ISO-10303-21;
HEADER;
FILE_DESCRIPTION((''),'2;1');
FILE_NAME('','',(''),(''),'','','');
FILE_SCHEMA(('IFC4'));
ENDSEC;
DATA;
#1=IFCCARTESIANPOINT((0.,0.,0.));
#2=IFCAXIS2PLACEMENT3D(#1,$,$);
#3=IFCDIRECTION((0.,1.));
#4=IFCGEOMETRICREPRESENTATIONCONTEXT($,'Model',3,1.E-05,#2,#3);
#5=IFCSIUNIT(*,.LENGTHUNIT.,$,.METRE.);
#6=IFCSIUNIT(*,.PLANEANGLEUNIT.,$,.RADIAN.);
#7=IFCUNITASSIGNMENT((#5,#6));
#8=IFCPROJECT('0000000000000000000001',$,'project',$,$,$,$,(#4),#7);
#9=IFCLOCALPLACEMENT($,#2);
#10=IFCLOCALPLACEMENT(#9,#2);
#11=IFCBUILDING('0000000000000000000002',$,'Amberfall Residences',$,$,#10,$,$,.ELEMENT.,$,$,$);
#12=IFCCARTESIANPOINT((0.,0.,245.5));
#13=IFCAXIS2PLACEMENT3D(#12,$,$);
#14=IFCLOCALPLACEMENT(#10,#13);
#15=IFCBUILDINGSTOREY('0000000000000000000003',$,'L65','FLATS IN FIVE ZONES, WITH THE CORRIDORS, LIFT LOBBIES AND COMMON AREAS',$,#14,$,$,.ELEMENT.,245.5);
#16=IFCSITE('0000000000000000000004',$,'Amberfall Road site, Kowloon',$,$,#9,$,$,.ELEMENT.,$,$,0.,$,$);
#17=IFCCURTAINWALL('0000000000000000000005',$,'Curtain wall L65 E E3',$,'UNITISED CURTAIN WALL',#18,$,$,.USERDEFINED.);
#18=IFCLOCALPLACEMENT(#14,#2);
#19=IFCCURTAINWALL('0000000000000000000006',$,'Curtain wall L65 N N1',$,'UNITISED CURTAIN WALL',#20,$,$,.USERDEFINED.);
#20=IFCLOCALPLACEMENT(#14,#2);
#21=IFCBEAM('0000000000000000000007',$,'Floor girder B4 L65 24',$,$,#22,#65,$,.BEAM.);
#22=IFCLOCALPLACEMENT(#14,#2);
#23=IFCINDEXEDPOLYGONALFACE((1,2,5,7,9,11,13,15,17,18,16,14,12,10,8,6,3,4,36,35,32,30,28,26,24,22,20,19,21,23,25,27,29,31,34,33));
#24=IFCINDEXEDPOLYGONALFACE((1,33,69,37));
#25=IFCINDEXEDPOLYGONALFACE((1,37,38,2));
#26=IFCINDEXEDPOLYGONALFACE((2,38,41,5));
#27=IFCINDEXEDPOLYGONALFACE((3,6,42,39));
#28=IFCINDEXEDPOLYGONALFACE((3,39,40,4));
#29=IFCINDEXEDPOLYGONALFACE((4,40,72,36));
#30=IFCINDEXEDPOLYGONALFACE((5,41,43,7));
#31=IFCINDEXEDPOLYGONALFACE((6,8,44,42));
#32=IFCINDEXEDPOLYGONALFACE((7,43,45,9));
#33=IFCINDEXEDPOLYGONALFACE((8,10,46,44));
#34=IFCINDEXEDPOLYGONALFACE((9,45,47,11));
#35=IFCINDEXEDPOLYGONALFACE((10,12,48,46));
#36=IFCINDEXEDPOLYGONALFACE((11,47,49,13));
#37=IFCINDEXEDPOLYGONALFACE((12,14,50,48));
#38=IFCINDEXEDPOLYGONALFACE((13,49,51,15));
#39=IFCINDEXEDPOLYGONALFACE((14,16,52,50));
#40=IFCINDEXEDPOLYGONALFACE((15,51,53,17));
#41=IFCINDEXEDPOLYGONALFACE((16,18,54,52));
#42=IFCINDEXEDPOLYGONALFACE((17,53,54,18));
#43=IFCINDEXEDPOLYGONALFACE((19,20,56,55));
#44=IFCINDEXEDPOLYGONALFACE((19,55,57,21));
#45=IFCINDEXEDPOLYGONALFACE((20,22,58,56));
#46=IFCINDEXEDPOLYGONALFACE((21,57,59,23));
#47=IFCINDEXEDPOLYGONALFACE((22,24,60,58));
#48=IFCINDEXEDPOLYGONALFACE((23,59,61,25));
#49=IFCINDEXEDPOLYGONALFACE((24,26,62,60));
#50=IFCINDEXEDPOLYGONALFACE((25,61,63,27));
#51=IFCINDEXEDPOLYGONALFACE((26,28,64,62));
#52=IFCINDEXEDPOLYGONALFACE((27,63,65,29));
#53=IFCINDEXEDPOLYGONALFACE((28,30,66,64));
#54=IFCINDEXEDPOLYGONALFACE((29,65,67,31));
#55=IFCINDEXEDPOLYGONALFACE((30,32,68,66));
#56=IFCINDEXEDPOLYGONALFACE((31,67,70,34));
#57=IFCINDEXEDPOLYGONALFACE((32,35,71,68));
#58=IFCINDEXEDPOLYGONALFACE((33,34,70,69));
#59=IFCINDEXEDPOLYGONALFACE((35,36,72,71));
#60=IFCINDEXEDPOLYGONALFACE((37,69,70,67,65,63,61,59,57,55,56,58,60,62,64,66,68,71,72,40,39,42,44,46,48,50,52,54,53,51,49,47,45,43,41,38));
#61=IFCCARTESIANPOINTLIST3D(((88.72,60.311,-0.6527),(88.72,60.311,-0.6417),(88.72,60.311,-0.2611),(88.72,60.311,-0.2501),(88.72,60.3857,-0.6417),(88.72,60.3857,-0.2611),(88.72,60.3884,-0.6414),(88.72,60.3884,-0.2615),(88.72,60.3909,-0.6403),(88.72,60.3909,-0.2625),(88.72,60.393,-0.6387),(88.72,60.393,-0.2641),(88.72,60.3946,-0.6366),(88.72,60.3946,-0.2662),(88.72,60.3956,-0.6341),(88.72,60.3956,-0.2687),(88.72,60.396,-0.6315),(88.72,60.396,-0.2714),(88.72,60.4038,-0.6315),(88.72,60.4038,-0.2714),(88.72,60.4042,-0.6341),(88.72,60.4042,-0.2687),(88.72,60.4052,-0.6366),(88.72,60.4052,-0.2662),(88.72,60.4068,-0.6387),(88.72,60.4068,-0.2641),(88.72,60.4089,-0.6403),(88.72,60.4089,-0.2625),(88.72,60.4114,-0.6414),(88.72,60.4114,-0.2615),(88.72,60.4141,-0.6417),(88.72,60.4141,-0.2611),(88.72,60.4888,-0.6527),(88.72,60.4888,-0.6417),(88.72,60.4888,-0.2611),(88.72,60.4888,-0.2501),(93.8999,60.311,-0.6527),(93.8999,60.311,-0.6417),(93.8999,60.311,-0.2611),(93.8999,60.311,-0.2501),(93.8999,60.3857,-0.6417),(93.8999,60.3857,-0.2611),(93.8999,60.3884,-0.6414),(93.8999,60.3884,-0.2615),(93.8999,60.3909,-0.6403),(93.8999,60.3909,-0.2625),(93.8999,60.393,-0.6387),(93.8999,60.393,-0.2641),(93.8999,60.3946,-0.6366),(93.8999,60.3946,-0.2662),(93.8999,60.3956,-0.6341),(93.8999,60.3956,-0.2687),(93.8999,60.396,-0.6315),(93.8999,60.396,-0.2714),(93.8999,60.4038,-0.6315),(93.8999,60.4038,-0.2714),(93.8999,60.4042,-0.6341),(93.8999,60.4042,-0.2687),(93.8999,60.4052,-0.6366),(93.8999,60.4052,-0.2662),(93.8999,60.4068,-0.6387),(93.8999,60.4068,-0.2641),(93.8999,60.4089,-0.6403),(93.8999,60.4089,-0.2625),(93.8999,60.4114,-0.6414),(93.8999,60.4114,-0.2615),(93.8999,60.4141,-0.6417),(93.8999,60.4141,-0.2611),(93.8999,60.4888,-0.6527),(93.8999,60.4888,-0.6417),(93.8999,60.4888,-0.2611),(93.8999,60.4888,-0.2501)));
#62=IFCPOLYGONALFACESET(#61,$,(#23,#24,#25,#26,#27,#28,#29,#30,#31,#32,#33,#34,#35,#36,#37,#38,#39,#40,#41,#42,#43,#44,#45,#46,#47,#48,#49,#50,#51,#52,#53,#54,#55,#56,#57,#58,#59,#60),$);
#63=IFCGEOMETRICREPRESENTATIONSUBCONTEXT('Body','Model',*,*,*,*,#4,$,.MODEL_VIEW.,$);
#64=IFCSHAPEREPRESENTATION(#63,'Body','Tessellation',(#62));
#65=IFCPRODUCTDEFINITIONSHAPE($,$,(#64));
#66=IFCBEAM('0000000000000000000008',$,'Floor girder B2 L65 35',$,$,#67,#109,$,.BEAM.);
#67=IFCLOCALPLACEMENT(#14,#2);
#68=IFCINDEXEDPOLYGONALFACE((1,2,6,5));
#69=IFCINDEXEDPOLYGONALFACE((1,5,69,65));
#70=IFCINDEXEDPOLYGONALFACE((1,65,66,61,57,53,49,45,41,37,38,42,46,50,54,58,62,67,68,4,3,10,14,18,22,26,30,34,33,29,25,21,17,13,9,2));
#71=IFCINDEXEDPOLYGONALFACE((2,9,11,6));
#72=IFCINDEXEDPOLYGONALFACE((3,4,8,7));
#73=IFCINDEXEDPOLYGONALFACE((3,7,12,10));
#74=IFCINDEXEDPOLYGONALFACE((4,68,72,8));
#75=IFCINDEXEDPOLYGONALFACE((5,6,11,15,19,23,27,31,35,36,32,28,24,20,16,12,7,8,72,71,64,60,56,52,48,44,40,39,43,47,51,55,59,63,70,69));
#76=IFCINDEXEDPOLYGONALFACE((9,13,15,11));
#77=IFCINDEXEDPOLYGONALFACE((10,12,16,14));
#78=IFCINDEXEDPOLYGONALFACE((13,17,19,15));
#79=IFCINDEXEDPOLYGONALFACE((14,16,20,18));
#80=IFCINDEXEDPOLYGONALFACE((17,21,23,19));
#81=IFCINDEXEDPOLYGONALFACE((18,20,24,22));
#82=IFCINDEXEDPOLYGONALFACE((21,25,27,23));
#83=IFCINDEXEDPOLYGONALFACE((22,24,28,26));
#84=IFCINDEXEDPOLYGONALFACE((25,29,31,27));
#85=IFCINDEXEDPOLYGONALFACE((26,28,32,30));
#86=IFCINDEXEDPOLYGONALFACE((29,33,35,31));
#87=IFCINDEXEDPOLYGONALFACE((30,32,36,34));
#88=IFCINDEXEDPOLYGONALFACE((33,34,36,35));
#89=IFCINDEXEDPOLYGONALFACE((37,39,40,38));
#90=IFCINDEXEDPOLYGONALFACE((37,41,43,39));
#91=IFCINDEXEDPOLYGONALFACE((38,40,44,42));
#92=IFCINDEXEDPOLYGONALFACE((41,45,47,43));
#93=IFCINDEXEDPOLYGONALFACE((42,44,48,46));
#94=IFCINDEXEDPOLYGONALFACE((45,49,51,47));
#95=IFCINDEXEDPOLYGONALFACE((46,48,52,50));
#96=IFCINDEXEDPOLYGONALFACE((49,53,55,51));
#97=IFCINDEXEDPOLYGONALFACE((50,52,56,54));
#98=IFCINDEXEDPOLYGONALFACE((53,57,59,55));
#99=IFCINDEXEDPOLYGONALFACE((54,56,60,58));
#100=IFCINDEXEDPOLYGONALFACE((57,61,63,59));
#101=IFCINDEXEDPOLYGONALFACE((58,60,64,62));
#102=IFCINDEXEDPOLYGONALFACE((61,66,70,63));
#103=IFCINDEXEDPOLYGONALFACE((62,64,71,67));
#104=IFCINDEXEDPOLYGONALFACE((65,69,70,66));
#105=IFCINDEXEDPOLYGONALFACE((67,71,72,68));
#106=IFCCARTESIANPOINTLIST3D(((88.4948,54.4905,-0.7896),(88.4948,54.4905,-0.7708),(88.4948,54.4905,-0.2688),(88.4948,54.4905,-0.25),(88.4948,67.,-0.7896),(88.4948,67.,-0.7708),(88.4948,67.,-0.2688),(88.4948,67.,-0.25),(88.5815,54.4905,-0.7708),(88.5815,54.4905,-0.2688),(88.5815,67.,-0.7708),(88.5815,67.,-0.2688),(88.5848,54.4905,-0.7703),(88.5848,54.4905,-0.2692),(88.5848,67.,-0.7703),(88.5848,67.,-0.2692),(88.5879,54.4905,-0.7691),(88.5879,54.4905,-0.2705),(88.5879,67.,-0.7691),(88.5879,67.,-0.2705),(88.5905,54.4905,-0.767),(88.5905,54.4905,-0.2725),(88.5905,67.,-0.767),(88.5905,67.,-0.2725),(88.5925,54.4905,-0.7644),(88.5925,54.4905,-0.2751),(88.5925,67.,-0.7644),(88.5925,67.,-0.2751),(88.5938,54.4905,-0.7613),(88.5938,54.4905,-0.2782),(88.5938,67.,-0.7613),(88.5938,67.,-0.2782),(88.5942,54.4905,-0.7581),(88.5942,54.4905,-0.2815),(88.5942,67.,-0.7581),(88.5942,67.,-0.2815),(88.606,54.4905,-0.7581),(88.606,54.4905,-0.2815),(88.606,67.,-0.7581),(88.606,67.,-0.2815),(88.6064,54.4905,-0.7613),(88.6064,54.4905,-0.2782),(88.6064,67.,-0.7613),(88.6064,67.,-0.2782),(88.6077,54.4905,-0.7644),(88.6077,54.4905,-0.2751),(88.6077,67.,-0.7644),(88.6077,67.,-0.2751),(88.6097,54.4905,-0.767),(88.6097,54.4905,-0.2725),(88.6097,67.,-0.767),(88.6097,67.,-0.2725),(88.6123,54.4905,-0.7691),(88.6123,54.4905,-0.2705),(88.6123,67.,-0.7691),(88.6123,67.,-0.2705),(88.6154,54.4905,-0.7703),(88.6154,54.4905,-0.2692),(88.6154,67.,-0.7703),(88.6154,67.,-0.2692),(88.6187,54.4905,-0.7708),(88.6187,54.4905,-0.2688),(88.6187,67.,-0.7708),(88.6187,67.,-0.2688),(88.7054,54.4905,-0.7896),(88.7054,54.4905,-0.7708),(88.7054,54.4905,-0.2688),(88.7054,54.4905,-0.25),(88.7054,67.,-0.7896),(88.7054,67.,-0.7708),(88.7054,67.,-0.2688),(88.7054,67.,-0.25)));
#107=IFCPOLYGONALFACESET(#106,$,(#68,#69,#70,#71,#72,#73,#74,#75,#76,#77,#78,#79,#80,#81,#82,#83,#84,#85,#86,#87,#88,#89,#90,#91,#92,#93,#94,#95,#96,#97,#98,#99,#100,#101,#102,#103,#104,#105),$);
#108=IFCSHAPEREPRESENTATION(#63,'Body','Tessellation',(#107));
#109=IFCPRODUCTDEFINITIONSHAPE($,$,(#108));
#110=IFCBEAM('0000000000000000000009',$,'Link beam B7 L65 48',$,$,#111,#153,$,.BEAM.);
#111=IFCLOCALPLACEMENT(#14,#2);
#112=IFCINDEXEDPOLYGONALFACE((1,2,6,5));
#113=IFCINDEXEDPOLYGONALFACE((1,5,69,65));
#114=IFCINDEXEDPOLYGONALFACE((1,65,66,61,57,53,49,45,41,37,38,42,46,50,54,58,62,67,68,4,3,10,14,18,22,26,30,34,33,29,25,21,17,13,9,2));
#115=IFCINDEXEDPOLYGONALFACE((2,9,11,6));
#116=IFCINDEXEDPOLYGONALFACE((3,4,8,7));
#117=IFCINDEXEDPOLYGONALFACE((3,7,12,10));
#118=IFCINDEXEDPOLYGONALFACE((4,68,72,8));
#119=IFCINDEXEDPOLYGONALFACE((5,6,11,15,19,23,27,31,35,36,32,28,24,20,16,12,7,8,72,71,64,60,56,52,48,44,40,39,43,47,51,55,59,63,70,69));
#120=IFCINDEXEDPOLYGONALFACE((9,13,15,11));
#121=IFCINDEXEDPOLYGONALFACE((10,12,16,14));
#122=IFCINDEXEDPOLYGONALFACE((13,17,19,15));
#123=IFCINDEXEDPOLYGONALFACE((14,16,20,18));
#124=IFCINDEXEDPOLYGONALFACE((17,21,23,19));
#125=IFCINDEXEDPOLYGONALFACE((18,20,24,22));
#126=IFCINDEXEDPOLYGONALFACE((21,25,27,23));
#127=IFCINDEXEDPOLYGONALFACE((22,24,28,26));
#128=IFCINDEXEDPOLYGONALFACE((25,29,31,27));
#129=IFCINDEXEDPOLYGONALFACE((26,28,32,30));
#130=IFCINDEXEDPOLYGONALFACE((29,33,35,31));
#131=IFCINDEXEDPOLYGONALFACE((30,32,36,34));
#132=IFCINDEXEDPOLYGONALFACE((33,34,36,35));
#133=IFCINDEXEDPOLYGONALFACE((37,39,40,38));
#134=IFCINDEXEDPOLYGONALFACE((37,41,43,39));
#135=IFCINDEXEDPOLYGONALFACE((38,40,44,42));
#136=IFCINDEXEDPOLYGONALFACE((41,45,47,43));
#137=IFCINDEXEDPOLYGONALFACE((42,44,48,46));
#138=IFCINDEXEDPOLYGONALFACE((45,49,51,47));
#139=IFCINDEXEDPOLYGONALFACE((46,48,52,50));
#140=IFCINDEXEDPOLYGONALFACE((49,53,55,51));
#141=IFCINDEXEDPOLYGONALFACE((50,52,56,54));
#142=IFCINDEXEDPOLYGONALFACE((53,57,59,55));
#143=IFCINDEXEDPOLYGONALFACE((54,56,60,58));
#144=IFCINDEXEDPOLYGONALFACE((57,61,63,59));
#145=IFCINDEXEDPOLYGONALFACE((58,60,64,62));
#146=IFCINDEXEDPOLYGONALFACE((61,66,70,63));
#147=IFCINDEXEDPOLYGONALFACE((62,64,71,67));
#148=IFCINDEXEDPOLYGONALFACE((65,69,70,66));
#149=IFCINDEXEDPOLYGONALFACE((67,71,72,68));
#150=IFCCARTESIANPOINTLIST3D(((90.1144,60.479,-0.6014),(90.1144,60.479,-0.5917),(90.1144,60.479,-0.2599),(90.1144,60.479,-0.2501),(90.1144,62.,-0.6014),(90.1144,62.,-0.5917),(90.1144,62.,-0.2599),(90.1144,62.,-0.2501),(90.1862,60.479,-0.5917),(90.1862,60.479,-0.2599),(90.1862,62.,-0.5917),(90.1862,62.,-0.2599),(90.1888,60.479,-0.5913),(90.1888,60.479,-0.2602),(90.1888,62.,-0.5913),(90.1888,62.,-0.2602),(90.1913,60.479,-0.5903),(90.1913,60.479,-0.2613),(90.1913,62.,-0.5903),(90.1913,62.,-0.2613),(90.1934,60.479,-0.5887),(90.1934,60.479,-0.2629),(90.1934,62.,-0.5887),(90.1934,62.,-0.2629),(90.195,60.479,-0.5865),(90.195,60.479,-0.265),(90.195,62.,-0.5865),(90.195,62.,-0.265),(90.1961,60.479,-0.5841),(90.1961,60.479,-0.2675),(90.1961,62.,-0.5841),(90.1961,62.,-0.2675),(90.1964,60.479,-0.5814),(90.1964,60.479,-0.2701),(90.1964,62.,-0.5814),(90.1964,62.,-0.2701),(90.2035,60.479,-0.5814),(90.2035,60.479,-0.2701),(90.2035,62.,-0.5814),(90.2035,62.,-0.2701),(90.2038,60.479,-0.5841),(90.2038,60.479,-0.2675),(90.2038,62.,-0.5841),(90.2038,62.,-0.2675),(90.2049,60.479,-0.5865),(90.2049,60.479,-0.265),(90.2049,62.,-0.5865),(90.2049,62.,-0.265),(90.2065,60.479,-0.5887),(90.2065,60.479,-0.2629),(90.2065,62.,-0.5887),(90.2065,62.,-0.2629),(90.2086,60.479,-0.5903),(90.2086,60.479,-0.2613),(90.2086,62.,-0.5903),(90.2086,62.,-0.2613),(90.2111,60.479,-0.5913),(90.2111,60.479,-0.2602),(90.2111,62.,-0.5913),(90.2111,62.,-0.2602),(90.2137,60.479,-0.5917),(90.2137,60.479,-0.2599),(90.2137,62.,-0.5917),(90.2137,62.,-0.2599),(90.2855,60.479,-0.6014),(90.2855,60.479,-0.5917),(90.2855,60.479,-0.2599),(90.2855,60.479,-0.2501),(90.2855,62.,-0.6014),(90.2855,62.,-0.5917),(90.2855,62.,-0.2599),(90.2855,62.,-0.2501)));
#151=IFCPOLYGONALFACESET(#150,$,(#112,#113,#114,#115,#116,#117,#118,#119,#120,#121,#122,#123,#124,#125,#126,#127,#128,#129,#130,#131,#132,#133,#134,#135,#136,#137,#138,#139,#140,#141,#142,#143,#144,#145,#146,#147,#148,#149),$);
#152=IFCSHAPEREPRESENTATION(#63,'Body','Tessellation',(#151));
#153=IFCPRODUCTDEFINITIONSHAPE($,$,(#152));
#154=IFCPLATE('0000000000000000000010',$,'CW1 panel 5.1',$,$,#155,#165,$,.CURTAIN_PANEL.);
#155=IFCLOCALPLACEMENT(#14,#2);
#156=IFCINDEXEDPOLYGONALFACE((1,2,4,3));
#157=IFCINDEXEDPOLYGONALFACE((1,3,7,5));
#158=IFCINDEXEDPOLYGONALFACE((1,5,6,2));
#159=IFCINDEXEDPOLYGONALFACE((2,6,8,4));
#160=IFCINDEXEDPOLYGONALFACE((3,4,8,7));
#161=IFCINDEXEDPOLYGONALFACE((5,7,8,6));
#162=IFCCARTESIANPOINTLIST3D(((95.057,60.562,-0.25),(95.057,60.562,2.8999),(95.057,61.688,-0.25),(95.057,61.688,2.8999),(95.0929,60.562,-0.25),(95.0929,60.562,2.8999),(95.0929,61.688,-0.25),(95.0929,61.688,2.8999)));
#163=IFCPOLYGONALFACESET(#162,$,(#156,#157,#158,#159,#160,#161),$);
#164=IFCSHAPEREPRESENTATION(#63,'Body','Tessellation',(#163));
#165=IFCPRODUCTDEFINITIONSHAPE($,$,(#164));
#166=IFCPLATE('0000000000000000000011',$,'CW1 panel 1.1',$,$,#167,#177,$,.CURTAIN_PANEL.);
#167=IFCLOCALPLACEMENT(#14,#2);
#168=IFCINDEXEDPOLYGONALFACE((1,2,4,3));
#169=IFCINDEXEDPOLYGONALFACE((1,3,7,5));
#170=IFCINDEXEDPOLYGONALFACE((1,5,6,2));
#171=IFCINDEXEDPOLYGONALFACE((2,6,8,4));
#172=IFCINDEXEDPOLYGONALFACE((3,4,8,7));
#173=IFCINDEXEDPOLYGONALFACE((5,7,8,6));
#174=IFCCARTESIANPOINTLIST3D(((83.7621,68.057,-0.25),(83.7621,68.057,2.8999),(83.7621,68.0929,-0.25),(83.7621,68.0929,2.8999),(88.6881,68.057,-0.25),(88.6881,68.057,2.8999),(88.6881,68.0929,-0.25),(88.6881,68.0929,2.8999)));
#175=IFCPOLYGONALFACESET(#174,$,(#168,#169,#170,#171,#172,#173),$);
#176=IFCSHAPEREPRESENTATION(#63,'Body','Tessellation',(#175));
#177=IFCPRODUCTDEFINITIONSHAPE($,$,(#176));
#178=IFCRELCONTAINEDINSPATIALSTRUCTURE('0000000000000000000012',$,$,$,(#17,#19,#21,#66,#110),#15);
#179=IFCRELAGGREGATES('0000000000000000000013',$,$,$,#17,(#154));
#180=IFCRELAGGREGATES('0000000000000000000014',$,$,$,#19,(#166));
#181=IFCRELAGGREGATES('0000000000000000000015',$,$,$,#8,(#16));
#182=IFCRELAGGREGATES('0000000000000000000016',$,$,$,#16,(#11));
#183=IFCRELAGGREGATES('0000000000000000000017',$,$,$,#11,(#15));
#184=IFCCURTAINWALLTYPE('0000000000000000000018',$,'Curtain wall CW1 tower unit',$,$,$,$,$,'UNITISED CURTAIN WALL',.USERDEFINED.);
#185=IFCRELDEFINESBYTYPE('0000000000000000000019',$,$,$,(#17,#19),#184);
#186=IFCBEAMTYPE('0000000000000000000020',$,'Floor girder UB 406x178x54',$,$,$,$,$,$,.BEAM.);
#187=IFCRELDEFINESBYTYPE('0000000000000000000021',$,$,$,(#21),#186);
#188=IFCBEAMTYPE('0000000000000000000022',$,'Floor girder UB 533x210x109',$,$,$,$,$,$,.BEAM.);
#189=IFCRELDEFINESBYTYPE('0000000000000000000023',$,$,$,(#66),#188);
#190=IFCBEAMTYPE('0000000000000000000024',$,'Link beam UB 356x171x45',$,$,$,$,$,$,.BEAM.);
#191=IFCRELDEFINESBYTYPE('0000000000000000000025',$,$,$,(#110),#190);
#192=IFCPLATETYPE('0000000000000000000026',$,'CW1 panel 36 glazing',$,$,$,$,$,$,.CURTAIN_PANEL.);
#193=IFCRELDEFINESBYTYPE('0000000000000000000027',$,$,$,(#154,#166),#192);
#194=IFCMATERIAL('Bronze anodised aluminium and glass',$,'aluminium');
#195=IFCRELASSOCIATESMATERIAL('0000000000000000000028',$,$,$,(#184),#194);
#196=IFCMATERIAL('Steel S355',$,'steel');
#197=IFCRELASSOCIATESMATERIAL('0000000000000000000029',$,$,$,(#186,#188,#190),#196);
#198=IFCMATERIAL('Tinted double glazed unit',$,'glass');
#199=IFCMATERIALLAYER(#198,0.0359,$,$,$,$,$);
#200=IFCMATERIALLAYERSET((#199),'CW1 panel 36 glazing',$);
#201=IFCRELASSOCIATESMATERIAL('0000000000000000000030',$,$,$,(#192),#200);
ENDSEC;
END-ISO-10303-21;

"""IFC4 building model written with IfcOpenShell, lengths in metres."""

from ifc_helpers import new_model, si_unit, direction, frame, origin, origin_2d, place, context, subcontext, project, spatial, rectangle, i_section, extrude, material, layer, layer_set, material_profile, profile_set, type_object, element, aggregate, save


model = new_model("IFC4")

# Units and contexts
model_context = context("Model", 3, precision=1e-05, world=origin(), true_north=direction((0.0, 1.0)))
body_context = subcontext(model_context, "Body", "Model", "MODEL_VIEW")
ifc_project = project(units=[si_unit("LENGTHUNIT", "METRE"), si_unit("PLANEANGLEUNIT", "RADIAN")], contexts=[model_context])

# Site, building, storey
site_placement = place(None, origin())
site = spatial("IfcSite", under=ifc_project, at=site_placement, Name="Amberfall Road site, Kowloon", CompositionType="ELEMENT", RefElevation=0.0)
building_placement = place(site_placement, origin())
building = spatial("IfcBuilding", under=site, at=building_placement, Name="Amberfall Residences", CompositionType="ELEMENT")
storey_placement = place(building_placement, frame((0.0, 0.0, 245.5)))
storey = spatial("IfcBuildingStorey", under=building, at=storey_placement, Name="L65", Description="FLATS IN FIVE ZONES, WITH THE CORRIDORS, LIFT LOBBIES AND COMMON AREAS", CompositionType="ELEMENT", Elevation=245.5)

# Curtain walls
ifc_material_1 = material(Name="Bronze anodised aluminium and glass", Category="aluminium")
curtain_wall_type = type_object("IfcCurtainWallType", Name="Curtain wall CW1 tower unit", ElementType="UNITISED CURTAIN WALL", PredefinedType="USERDEFINED", material=ifc_material_1)
curtain_wall_1_placement = place(storey_placement, origin())
curtain_wall_1 = element("IfcCurtainWall", 1, at=curtain_wall_1_placement, inside=storey, type_object=curtain_wall_type, Name="Curtain wall L65 E E3", ObjectType="UNITISED CURTAIN WALL", PredefinedType="USERDEFINED")
curtain_wall_2_placement = place(storey_placement, origin())
curtain_wall_2 = element("IfcCurtainWall", 2, at=curtain_wall_2_placement, inside=storey, type_object=curtain_wall_type, Name="Curtain wall L65 N N1", ObjectType="UNITISED CURTAIN WALL", PredefinedType="USERDEFINED")

# Shared definitions
ifc_material_2 = material(Name="Steel S355", Category="steel")

# Beams
ifc_material_profile_1 = material_profile(ifc_material_2, i_section(OverallWidth=0.1777, OverallDepth=0.4026, WebThickness=0.0078, FlangeThickness=0.011, FilletRadius=0.0103, at=origin_2d()), Name="UB 406x178x54")
ifc_profile_set_1 = profile_set([ifc_material_profile_1], Name="Steel S355")
beam_type_1 = type_object("IfcBeamType", Name="Floor girder UB 406x178x54", PredefinedType="BEAM", material=ifc_profile_set_1)
beam_1_placement = place(storey_placement, frame((93.8999, 60.3999, -0.4514), z_axis=(-1.0, 0.0, 0.0), x_axis=(0.0, -1.0, 0.0)))
element("IfcBeam", 3, at=beam_1_placement, inside=storey, type_object=beam_type_1, Name="Floor girder B4 L65 24", PredefinedType="BEAM", context=body_context, shape_type="SweptSolid", body=[
    extrude(i_section(OverallWidth=0.1777, OverallDepth=0.4026, WebThickness=0.0078, FlangeThickness=0.011, FilletRadius=0.0103, at=origin_2d()), origin(), (0.0, 0.0, 1.0), 5.1799),
])
ifc_material_profile_2 = material_profile(ifc_material_2, i_section(OverallWidth=0.2107, OverallDepth=0.5396, WebThickness=0.0117, FlangeThickness=0.0188, FilletRadius=0.0127, at=origin_2d()), Name="UB 533x210x109")
ifc_profile_set_2 = profile_set([ifc_material_profile_2], Name="Steel S355")
beam_type_2 = type_object("IfcBeamType", Name="Floor girder UB 533x210x109", PredefinedType="BEAM", material=ifc_profile_set_2)
beam_2_placement = place(storey_placement, frame((88.6001, 67.0, -0.5198), z_axis=(0.0, -1.0, 0.0), x_axis=(1.0, 0.0, 0.0)))
element("IfcBeam", 4, at=beam_2_placement, inside=storey, type_object=beam_type_2, Name="Floor girder B2 L65 35", PredefinedType="BEAM", context=body_context, shape_type="SweptSolid", body=[
    extrude(i_section(OverallWidth=0.2107, OverallDepth=0.5396, WebThickness=0.0117, FlangeThickness=0.0188, FilletRadius=0.0127, at=origin_2d()), origin(), (0.0, 0.0, 1.0), 12.5095),
])
ifc_material_profile_3 = material_profile(ifc_material_2, i_section(OverallWidth=0.1711, OverallDepth=0.3513, WebThickness=0.0071, FlangeThickness=0.0098, FilletRadius=0.0103, at=origin_2d()), Name="UB 356x171x45")
ifc_profile_set_3 = profile_set([ifc_material_profile_3], Name="Steel S355")
beam_type_3 = type_object("IfcBeamType", Name="Link beam UB 356x171x45", PredefinedType="BEAM", material=ifc_profile_set_3)
beam_3_placement = place(storey_placement, frame((90.2, 62.0, -0.4258), z_axis=(0.0, -1.0, 0.0), x_axis=(1.0, 0.0, 0.0)))
element("IfcBeam", 5, at=beam_3_placement, inside=storey, type_object=beam_type_3, Name="Link beam B7 L65 48", PredefinedType="BEAM", context=body_context, shape_type="SweptSolid", body=[
    extrude(i_section(OverallWidth=0.1711, OverallDepth=0.3513, WebThickness=0.0071, FlangeThickness=0.0098, FilletRadius=0.0103, at=origin_2d()), origin(), (0.0, 0.0, 1.0), 1.521),
])

# Plates
ifc_material_3 = material(Name="Tinted double glazed unit", Category="glass")
ifc_layer_1 = layer(ifc_material_3, 0.0359)
ifc_layer_set_1 = layer_set([ifc_layer_1], Name="CW1 panel 36 glazing")
plate_type = type_object("IfcPlateType", Name="CW1 panel 36 glazing", PredefinedType="CURTAIN_PANEL", material=ifc_layer_set_1)
plate_1_placement = place(storey_placement, frame((95.075, 61.125, -0.25), z_axis=(0.0, 0.0, 1.0), x_axis=(0.0, 1.0, 0.0)))
plate_1 = element("IfcPlate", 6, at=plate_1_placement, type_object=plate_type, Name="CW1 panel 5.1", PredefinedType="CURTAIN_PANEL", context=body_context, shape_type="SweptSolid", body=[
    extrude(rectangle(XDim=1.126, YDim=0.0359, at=origin_2d()), origin(), (0.0, 0.0, 1.0), 3.1499),
])
aggregate(curtain_wall_1, [plate_1])
plate_2_placement = place(storey_placement, frame((86.2251, 68.075, -0.25), z_axis=(0.0, 0.0, 1.0), x_axis=(-1.0, 0.0, 0.0)))
plate_2 = element("IfcPlate", 7, at=plate_2_placement, type_object=plate_type, Name="CW1 panel 1.1", PredefinedType="CURTAIN_PANEL", context=body_context, shape_type="SweptSolid", body=[
    extrude(rectangle(XDim=4.926, YDim=0.0359, at=origin_2d()), origin(), (0.0, 0.0, 1.0), 3.1499),
])
aggregate(curtain_wall_2, [plate_2])

save(model, "model.ifc")
